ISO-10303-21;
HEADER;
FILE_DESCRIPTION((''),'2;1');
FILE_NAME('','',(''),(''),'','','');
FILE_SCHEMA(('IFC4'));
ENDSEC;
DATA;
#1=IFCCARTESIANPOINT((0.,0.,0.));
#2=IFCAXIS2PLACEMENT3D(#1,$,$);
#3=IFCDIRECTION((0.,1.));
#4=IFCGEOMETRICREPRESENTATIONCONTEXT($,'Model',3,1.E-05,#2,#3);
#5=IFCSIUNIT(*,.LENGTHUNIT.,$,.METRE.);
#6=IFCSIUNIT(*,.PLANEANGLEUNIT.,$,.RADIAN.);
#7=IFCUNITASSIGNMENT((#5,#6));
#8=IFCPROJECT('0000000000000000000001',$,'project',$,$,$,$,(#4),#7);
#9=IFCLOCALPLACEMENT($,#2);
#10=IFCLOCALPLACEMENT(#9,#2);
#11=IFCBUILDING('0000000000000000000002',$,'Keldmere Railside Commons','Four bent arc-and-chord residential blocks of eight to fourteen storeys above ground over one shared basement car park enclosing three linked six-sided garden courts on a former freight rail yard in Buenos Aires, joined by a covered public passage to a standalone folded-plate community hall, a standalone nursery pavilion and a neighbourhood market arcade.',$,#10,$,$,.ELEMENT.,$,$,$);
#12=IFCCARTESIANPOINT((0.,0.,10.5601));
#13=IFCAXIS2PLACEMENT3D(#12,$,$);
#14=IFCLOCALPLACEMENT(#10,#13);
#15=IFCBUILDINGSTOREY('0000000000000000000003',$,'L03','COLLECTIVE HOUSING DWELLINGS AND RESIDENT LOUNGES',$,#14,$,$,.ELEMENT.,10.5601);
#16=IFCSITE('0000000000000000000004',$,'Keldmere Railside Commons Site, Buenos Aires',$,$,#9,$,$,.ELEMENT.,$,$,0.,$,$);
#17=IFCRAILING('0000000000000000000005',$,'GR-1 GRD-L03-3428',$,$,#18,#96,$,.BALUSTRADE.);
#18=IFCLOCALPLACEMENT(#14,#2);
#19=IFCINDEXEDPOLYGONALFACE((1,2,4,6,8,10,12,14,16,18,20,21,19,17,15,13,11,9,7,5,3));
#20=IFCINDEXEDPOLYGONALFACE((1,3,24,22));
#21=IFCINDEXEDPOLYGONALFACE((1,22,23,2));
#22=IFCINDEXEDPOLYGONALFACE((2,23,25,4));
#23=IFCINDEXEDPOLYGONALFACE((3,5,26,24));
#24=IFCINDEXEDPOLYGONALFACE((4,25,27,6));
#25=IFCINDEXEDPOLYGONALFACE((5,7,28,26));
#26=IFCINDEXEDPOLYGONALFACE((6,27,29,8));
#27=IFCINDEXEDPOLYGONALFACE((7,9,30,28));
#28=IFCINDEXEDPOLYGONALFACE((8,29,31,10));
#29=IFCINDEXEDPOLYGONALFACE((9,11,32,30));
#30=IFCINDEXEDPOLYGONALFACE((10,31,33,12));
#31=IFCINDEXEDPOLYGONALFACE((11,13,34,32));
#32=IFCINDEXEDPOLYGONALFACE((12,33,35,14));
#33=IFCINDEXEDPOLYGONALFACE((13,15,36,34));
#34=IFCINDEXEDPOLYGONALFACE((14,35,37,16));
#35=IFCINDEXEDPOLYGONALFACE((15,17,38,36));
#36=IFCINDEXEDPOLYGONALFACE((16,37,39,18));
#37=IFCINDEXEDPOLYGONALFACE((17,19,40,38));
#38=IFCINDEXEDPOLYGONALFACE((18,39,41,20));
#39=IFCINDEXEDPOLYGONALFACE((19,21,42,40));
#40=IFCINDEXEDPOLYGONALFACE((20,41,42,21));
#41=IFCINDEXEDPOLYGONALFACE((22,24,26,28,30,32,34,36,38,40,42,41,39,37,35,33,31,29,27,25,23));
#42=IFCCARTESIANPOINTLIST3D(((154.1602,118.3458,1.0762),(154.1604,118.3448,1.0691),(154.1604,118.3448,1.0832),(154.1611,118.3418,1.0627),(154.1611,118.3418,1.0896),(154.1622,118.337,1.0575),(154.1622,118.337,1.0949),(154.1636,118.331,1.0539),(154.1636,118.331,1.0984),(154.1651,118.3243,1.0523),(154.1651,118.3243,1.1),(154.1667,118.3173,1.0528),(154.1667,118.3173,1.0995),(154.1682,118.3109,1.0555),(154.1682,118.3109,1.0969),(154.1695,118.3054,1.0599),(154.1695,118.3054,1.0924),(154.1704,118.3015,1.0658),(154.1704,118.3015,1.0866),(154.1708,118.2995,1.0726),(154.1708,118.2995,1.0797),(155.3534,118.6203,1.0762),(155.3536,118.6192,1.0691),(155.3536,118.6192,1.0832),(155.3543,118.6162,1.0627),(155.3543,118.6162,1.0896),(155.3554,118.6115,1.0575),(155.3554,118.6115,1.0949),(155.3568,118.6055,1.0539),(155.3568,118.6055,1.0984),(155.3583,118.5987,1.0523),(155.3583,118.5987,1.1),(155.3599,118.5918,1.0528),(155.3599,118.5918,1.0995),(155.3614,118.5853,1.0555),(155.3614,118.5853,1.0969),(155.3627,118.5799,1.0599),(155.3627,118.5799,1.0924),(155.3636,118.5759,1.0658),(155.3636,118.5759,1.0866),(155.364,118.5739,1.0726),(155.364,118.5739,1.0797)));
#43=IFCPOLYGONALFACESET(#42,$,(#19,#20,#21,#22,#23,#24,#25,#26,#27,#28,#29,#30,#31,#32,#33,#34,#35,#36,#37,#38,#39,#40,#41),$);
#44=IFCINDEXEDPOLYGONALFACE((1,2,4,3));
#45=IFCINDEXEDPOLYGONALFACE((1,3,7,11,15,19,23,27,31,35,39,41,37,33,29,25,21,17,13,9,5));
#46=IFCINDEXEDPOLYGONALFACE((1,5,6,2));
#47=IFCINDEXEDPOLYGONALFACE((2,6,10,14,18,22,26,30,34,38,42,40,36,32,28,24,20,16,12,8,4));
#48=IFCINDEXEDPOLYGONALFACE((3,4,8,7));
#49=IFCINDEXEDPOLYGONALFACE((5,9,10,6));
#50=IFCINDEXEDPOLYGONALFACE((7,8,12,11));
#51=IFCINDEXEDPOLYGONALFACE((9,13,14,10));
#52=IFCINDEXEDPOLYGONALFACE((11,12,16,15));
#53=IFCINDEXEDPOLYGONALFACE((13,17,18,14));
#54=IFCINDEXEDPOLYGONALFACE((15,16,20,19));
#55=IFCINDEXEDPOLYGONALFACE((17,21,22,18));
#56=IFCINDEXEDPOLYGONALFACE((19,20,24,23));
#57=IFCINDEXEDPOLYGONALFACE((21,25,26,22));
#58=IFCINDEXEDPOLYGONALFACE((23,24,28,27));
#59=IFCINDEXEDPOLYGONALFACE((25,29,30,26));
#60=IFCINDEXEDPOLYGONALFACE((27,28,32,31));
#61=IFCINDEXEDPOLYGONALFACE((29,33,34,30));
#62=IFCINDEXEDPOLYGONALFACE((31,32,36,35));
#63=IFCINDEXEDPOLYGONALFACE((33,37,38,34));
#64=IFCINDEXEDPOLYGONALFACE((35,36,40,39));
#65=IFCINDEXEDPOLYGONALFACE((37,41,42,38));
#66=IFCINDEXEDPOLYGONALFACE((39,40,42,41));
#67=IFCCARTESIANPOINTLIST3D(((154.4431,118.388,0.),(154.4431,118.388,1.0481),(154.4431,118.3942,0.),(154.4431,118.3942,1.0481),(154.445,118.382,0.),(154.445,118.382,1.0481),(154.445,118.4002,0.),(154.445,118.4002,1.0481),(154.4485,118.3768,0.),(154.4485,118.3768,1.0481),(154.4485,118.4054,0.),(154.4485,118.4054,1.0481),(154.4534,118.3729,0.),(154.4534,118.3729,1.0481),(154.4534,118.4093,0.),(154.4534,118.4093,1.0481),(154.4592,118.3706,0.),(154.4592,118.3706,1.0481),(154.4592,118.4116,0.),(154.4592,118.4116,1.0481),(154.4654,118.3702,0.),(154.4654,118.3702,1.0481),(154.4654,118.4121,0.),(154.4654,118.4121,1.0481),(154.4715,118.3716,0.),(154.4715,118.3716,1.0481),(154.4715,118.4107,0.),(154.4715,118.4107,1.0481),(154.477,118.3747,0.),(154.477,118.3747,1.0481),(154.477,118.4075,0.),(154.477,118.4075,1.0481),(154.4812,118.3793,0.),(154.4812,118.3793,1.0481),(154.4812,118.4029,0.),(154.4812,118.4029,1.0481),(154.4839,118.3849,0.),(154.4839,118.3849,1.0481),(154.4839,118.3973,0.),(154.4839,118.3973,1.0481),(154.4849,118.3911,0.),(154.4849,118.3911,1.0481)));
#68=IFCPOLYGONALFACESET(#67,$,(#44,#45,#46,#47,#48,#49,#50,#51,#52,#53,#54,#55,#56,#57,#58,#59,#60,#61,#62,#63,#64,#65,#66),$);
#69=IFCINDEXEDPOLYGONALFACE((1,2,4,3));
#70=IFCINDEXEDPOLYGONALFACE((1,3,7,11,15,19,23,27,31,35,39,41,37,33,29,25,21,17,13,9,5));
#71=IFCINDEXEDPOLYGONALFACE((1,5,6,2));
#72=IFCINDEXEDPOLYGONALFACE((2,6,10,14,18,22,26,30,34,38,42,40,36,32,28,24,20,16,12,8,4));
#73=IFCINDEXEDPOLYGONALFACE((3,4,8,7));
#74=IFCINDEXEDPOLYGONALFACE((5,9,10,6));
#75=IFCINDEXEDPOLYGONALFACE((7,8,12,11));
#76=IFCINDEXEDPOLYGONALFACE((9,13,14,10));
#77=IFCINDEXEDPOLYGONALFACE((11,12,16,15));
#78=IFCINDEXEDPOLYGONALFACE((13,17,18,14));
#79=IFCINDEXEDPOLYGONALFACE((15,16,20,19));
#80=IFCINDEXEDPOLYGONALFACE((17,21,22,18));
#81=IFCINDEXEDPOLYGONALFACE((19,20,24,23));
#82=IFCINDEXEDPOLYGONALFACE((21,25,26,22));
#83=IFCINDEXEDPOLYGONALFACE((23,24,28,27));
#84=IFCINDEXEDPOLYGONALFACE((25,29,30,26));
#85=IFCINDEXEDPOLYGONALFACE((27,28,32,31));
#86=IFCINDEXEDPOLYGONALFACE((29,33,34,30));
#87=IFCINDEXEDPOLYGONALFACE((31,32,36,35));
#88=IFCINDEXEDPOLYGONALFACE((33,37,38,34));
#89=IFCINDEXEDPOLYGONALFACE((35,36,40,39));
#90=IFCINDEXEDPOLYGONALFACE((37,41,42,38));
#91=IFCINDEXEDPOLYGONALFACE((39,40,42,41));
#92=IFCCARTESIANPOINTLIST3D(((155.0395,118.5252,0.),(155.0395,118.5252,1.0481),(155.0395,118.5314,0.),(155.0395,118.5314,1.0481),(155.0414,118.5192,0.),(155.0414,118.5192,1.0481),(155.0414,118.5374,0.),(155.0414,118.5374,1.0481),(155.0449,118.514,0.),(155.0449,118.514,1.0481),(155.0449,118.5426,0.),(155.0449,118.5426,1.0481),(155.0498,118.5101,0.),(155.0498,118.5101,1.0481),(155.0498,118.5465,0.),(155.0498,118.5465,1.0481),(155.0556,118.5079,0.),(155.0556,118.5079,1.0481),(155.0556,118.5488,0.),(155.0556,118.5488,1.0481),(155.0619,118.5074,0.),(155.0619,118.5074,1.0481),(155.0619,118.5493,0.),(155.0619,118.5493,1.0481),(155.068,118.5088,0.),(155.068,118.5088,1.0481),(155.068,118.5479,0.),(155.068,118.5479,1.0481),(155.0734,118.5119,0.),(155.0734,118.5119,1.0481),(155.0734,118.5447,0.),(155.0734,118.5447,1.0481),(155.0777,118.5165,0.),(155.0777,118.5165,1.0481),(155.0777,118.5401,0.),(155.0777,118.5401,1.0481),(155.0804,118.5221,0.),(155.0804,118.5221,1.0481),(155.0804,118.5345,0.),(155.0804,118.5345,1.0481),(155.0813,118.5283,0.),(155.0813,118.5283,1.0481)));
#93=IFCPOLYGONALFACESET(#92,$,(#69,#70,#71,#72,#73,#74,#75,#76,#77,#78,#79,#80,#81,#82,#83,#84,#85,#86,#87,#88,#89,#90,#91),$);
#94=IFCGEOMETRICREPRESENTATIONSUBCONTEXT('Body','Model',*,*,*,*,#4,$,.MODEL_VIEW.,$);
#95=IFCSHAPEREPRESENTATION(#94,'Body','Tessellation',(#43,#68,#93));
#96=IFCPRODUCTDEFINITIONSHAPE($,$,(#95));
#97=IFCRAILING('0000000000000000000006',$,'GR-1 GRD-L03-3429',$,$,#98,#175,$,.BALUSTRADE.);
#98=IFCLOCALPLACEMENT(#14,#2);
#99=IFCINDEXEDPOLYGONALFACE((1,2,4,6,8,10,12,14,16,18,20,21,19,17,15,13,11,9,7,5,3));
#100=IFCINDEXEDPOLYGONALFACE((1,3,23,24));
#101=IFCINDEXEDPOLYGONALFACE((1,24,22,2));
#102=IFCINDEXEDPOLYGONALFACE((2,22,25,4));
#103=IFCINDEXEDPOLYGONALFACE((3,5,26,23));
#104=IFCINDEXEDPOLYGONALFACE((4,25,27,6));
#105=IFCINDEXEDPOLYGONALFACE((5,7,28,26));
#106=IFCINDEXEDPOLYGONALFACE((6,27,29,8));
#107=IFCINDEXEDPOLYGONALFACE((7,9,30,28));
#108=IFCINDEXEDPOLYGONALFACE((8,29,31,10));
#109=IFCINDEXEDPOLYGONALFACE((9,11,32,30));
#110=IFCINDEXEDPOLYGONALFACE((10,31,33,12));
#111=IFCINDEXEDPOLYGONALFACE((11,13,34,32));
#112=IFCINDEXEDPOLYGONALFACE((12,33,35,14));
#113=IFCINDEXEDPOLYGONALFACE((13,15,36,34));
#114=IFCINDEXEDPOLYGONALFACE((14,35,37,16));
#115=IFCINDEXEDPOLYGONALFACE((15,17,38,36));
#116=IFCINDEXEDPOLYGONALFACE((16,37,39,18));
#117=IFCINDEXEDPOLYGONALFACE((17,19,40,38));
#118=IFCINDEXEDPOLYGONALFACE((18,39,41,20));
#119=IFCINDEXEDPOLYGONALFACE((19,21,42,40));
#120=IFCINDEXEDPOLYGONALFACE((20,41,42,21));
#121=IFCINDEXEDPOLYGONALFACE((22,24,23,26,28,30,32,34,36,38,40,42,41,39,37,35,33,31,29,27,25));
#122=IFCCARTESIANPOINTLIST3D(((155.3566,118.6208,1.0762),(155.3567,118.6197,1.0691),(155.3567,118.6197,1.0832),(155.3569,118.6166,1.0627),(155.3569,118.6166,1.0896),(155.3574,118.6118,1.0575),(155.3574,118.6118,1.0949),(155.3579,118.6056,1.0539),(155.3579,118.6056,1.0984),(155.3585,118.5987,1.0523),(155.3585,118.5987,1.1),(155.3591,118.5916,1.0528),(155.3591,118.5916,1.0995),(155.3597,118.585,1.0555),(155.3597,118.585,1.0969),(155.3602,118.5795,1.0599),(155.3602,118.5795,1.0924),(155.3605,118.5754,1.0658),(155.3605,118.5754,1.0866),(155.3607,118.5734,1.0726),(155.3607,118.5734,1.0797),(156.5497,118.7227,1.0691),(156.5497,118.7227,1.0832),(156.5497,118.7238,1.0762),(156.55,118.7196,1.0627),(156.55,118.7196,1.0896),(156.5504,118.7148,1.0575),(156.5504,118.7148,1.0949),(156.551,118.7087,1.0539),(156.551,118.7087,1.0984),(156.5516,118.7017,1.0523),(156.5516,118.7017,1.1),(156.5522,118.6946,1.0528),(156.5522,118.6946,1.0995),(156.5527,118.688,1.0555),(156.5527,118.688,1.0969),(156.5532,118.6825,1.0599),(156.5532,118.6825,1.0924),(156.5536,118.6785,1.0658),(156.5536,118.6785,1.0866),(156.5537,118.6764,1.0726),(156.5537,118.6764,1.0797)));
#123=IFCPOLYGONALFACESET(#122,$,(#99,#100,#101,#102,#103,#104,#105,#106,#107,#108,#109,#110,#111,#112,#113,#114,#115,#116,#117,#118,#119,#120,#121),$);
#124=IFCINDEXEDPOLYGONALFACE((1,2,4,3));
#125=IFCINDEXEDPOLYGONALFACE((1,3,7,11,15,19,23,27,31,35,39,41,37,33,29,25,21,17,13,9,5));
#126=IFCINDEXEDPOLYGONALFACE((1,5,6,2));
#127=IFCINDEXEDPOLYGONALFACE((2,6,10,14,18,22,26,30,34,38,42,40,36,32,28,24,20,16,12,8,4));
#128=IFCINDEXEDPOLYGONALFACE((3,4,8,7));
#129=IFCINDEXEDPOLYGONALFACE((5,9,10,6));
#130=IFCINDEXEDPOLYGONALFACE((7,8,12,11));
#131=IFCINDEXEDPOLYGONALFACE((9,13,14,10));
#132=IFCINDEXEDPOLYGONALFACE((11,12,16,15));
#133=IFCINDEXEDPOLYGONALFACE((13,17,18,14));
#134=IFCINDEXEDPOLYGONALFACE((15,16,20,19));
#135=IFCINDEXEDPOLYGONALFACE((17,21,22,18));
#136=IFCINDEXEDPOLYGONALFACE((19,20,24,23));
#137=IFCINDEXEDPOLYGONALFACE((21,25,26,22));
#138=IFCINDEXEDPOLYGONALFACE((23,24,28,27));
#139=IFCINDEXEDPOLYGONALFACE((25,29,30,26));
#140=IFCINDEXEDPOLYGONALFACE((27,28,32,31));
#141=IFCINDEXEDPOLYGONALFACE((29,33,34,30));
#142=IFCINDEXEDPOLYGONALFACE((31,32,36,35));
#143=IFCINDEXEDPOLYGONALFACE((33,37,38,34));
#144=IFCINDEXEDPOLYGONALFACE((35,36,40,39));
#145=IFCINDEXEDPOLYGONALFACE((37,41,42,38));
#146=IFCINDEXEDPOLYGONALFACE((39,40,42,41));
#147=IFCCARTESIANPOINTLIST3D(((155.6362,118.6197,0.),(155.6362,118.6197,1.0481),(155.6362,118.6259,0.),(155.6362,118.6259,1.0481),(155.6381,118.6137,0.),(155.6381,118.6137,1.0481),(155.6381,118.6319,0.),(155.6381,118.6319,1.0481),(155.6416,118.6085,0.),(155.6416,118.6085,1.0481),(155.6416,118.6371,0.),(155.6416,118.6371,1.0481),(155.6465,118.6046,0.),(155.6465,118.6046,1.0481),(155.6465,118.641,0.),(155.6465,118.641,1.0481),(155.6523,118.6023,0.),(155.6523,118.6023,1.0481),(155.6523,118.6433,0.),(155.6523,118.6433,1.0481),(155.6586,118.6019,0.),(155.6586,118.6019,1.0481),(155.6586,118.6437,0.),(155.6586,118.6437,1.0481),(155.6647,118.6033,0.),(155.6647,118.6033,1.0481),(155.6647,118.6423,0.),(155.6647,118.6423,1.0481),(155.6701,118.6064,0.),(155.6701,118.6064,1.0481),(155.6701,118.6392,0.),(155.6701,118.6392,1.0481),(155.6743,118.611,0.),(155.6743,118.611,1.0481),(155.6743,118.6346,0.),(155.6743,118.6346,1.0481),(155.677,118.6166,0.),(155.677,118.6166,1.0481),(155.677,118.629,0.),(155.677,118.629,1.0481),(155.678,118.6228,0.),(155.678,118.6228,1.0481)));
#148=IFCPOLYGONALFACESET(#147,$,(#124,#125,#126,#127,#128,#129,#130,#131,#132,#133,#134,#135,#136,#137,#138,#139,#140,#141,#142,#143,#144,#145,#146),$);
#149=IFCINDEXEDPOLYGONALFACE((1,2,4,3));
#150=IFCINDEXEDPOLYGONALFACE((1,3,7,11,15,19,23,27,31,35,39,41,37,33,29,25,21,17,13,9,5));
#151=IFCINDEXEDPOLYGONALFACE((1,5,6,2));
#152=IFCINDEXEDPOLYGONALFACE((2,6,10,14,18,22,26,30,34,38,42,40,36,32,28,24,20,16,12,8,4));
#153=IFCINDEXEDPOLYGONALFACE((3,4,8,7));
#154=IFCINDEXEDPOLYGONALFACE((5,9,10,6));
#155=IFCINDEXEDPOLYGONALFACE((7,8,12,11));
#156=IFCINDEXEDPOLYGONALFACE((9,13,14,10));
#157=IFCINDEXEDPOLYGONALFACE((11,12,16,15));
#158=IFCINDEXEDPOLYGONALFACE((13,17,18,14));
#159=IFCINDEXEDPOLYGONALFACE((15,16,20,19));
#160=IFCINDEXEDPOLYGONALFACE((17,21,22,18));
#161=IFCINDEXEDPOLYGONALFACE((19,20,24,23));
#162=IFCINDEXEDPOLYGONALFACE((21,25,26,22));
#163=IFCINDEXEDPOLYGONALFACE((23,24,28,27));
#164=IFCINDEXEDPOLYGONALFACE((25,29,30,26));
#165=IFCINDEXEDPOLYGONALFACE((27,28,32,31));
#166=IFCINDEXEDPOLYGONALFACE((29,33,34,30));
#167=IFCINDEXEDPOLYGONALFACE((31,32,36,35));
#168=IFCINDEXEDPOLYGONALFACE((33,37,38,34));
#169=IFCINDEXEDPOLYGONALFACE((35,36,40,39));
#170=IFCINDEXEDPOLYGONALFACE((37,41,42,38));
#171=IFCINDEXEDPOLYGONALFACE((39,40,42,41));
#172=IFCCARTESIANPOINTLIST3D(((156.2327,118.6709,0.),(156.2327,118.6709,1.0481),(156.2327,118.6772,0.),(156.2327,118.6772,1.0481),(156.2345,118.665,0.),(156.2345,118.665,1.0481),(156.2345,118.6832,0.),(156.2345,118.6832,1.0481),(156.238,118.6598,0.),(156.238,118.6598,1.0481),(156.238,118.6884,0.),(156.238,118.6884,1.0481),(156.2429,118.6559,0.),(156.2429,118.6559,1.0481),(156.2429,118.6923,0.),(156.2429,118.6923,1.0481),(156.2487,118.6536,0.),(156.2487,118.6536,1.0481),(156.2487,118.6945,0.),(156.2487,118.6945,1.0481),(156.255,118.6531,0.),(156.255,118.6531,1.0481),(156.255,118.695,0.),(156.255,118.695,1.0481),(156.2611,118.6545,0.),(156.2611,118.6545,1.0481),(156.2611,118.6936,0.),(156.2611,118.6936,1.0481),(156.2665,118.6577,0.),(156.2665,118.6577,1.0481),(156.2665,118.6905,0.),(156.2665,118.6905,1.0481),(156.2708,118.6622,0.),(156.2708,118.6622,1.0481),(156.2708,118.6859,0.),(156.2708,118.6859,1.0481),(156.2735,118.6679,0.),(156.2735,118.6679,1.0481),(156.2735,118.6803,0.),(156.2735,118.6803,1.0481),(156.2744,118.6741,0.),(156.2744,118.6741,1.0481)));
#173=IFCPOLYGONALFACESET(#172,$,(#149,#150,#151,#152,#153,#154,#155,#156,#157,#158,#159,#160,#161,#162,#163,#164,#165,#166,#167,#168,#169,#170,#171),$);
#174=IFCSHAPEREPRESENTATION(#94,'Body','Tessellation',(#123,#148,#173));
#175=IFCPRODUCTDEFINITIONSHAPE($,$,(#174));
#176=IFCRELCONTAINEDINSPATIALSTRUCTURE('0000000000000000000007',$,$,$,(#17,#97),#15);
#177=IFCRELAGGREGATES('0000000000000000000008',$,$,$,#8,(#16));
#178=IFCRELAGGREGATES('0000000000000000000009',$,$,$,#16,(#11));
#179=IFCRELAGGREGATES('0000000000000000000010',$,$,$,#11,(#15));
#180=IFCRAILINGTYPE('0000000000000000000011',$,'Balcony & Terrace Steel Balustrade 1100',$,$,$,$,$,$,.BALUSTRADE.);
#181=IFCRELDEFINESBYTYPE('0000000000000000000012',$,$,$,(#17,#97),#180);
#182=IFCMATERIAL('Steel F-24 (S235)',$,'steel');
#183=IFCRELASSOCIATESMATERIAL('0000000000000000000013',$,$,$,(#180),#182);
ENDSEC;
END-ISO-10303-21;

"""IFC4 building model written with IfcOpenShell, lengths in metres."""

from ifc_helpers import new_model, si_unit, direction, frame, origin, origin_2d, place, context, subcontext, project, spatial, circle, extrude, material, type_object, element, save


model = new_model("IFC4")

# Units and contexts
model_context = context("Model", 3, precision=1e-05, world=origin(), true_north=direction((0.0, 1.0)))
body_context = subcontext(model_context, "Body", "Model", "MODEL_VIEW")
ifc_project = project(units=[si_unit("LENGTHUNIT", "METRE"), si_unit("PLANEANGLEUNIT", "RADIAN")], contexts=[model_context])

# Site, building, storey
site_placement = place(None, origin())
site = spatial("IfcSite", under=ifc_project, at=site_placement, Name="Keldmere Railside Commons Site, Buenos Aires", CompositionType="ELEMENT", RefElevation=0.0)
building_placement = place(site_placement, origin())
building = spatial("IfcBuilding", under=site, at=building_placement, Name="Keldmere Railside Commons", Description="Four bent arc-and-chord residential blocks of eight to fourteen storeys above ground over one shared basement car park enclosing three linked six-sided garden courts on a former freight rail yard in Buenos Aires, joined by a covered public passage to a standalone folded-plate community hall, a standalone nursery pavilion and a neighbourhood market arcade.", CompositionType="ELEMENT")
storey_placement = place(building_placement, frame((0.0, 0.0, 10.5601)))
storey = spatial("IfcBuildingStorey", under=building, at=storey_placement, Name="L03", Description="COLLECTIVE HOUSING DWELLINGS AND RESIDENT LOUNGES", CompositionType="ELEMENT", Elevation=10.5601)

# Shared definitions
ifc_material_1 = material(Name="Steel F-24 (S235)", Category="steel")

# Railings
railing_type_1 = type_object("IfcRailingType", Name="Balcony & Terrace Steel Balustrade 1100", PredefinedType="BALUSTRADE", material=ifc_material_1)
railing_1_placement = place(storey_placement, frame((154.1655, 118.3225, 0.0)))
element("IfcRailing", 1, at=railing_1_placement, inside=storey, type_object=railing_type_1, Name="GR-1 GRD-L03-3428", PredefinedType="BALUSTRADE", context=body_context, shape_type="SweptSolid", body=[
    extrude(circle(Radius=0.0239, at=origin_2d()), frame((0.0, 0.0, 1.0762), z_axis=(0.974556, 0.224146, 0.0), x_axis=(-0.224146, 0.974556, 0.0)), (0.0, 0.0, 1.0), 1.2244),
    extrude(circle(Radius=0.021, at=origin_2d()), frame((0.2983, 0.0686, 0.0)), (0.0, 0.0, 1.0), 1.0481),
    extrude(circle(Radius=0.021, at=origin_2d()), frame((0.8948, 0.2058, 0.0)), (0.0, 0.0, 1.0), 1.0481),
])
railing_2_placement = place(storey_placement, frame((155.3586, 118.5969, 0.0)))
element("IfcRailing", 2, at=railing_2_placement, inside=storey, type_object=railing_type_1, Name="GR-1 GRD-L03-3429", PredefinedType="BALUSTRADE", context=body_context, shape_type="SweptSolid", body=[
    extrude(circle(Radius=0.0239, at=origin_2d()), frame((0.0, 0.0, 1.0762), z_axis=(0.996292, 0.086031, 0.0), x_axis=(-0.086031, 0.996292, 0.0)), (0.0, 0.0, 1.0), 1.1975),
    extrude(circle(Radius=0.021, at=origin_2d()), frame((0.2983, 0.0259, 0.0)), (0.0, 0.0, 1.0), 1.0481),
    extrude(circle(Radius=0.021, at=origin_2d()), frame((0.8948, 0.0771, 0.0)), (0.0, 0.0, 1.0), 1.0481),
])

save(model, "model.ifc")
